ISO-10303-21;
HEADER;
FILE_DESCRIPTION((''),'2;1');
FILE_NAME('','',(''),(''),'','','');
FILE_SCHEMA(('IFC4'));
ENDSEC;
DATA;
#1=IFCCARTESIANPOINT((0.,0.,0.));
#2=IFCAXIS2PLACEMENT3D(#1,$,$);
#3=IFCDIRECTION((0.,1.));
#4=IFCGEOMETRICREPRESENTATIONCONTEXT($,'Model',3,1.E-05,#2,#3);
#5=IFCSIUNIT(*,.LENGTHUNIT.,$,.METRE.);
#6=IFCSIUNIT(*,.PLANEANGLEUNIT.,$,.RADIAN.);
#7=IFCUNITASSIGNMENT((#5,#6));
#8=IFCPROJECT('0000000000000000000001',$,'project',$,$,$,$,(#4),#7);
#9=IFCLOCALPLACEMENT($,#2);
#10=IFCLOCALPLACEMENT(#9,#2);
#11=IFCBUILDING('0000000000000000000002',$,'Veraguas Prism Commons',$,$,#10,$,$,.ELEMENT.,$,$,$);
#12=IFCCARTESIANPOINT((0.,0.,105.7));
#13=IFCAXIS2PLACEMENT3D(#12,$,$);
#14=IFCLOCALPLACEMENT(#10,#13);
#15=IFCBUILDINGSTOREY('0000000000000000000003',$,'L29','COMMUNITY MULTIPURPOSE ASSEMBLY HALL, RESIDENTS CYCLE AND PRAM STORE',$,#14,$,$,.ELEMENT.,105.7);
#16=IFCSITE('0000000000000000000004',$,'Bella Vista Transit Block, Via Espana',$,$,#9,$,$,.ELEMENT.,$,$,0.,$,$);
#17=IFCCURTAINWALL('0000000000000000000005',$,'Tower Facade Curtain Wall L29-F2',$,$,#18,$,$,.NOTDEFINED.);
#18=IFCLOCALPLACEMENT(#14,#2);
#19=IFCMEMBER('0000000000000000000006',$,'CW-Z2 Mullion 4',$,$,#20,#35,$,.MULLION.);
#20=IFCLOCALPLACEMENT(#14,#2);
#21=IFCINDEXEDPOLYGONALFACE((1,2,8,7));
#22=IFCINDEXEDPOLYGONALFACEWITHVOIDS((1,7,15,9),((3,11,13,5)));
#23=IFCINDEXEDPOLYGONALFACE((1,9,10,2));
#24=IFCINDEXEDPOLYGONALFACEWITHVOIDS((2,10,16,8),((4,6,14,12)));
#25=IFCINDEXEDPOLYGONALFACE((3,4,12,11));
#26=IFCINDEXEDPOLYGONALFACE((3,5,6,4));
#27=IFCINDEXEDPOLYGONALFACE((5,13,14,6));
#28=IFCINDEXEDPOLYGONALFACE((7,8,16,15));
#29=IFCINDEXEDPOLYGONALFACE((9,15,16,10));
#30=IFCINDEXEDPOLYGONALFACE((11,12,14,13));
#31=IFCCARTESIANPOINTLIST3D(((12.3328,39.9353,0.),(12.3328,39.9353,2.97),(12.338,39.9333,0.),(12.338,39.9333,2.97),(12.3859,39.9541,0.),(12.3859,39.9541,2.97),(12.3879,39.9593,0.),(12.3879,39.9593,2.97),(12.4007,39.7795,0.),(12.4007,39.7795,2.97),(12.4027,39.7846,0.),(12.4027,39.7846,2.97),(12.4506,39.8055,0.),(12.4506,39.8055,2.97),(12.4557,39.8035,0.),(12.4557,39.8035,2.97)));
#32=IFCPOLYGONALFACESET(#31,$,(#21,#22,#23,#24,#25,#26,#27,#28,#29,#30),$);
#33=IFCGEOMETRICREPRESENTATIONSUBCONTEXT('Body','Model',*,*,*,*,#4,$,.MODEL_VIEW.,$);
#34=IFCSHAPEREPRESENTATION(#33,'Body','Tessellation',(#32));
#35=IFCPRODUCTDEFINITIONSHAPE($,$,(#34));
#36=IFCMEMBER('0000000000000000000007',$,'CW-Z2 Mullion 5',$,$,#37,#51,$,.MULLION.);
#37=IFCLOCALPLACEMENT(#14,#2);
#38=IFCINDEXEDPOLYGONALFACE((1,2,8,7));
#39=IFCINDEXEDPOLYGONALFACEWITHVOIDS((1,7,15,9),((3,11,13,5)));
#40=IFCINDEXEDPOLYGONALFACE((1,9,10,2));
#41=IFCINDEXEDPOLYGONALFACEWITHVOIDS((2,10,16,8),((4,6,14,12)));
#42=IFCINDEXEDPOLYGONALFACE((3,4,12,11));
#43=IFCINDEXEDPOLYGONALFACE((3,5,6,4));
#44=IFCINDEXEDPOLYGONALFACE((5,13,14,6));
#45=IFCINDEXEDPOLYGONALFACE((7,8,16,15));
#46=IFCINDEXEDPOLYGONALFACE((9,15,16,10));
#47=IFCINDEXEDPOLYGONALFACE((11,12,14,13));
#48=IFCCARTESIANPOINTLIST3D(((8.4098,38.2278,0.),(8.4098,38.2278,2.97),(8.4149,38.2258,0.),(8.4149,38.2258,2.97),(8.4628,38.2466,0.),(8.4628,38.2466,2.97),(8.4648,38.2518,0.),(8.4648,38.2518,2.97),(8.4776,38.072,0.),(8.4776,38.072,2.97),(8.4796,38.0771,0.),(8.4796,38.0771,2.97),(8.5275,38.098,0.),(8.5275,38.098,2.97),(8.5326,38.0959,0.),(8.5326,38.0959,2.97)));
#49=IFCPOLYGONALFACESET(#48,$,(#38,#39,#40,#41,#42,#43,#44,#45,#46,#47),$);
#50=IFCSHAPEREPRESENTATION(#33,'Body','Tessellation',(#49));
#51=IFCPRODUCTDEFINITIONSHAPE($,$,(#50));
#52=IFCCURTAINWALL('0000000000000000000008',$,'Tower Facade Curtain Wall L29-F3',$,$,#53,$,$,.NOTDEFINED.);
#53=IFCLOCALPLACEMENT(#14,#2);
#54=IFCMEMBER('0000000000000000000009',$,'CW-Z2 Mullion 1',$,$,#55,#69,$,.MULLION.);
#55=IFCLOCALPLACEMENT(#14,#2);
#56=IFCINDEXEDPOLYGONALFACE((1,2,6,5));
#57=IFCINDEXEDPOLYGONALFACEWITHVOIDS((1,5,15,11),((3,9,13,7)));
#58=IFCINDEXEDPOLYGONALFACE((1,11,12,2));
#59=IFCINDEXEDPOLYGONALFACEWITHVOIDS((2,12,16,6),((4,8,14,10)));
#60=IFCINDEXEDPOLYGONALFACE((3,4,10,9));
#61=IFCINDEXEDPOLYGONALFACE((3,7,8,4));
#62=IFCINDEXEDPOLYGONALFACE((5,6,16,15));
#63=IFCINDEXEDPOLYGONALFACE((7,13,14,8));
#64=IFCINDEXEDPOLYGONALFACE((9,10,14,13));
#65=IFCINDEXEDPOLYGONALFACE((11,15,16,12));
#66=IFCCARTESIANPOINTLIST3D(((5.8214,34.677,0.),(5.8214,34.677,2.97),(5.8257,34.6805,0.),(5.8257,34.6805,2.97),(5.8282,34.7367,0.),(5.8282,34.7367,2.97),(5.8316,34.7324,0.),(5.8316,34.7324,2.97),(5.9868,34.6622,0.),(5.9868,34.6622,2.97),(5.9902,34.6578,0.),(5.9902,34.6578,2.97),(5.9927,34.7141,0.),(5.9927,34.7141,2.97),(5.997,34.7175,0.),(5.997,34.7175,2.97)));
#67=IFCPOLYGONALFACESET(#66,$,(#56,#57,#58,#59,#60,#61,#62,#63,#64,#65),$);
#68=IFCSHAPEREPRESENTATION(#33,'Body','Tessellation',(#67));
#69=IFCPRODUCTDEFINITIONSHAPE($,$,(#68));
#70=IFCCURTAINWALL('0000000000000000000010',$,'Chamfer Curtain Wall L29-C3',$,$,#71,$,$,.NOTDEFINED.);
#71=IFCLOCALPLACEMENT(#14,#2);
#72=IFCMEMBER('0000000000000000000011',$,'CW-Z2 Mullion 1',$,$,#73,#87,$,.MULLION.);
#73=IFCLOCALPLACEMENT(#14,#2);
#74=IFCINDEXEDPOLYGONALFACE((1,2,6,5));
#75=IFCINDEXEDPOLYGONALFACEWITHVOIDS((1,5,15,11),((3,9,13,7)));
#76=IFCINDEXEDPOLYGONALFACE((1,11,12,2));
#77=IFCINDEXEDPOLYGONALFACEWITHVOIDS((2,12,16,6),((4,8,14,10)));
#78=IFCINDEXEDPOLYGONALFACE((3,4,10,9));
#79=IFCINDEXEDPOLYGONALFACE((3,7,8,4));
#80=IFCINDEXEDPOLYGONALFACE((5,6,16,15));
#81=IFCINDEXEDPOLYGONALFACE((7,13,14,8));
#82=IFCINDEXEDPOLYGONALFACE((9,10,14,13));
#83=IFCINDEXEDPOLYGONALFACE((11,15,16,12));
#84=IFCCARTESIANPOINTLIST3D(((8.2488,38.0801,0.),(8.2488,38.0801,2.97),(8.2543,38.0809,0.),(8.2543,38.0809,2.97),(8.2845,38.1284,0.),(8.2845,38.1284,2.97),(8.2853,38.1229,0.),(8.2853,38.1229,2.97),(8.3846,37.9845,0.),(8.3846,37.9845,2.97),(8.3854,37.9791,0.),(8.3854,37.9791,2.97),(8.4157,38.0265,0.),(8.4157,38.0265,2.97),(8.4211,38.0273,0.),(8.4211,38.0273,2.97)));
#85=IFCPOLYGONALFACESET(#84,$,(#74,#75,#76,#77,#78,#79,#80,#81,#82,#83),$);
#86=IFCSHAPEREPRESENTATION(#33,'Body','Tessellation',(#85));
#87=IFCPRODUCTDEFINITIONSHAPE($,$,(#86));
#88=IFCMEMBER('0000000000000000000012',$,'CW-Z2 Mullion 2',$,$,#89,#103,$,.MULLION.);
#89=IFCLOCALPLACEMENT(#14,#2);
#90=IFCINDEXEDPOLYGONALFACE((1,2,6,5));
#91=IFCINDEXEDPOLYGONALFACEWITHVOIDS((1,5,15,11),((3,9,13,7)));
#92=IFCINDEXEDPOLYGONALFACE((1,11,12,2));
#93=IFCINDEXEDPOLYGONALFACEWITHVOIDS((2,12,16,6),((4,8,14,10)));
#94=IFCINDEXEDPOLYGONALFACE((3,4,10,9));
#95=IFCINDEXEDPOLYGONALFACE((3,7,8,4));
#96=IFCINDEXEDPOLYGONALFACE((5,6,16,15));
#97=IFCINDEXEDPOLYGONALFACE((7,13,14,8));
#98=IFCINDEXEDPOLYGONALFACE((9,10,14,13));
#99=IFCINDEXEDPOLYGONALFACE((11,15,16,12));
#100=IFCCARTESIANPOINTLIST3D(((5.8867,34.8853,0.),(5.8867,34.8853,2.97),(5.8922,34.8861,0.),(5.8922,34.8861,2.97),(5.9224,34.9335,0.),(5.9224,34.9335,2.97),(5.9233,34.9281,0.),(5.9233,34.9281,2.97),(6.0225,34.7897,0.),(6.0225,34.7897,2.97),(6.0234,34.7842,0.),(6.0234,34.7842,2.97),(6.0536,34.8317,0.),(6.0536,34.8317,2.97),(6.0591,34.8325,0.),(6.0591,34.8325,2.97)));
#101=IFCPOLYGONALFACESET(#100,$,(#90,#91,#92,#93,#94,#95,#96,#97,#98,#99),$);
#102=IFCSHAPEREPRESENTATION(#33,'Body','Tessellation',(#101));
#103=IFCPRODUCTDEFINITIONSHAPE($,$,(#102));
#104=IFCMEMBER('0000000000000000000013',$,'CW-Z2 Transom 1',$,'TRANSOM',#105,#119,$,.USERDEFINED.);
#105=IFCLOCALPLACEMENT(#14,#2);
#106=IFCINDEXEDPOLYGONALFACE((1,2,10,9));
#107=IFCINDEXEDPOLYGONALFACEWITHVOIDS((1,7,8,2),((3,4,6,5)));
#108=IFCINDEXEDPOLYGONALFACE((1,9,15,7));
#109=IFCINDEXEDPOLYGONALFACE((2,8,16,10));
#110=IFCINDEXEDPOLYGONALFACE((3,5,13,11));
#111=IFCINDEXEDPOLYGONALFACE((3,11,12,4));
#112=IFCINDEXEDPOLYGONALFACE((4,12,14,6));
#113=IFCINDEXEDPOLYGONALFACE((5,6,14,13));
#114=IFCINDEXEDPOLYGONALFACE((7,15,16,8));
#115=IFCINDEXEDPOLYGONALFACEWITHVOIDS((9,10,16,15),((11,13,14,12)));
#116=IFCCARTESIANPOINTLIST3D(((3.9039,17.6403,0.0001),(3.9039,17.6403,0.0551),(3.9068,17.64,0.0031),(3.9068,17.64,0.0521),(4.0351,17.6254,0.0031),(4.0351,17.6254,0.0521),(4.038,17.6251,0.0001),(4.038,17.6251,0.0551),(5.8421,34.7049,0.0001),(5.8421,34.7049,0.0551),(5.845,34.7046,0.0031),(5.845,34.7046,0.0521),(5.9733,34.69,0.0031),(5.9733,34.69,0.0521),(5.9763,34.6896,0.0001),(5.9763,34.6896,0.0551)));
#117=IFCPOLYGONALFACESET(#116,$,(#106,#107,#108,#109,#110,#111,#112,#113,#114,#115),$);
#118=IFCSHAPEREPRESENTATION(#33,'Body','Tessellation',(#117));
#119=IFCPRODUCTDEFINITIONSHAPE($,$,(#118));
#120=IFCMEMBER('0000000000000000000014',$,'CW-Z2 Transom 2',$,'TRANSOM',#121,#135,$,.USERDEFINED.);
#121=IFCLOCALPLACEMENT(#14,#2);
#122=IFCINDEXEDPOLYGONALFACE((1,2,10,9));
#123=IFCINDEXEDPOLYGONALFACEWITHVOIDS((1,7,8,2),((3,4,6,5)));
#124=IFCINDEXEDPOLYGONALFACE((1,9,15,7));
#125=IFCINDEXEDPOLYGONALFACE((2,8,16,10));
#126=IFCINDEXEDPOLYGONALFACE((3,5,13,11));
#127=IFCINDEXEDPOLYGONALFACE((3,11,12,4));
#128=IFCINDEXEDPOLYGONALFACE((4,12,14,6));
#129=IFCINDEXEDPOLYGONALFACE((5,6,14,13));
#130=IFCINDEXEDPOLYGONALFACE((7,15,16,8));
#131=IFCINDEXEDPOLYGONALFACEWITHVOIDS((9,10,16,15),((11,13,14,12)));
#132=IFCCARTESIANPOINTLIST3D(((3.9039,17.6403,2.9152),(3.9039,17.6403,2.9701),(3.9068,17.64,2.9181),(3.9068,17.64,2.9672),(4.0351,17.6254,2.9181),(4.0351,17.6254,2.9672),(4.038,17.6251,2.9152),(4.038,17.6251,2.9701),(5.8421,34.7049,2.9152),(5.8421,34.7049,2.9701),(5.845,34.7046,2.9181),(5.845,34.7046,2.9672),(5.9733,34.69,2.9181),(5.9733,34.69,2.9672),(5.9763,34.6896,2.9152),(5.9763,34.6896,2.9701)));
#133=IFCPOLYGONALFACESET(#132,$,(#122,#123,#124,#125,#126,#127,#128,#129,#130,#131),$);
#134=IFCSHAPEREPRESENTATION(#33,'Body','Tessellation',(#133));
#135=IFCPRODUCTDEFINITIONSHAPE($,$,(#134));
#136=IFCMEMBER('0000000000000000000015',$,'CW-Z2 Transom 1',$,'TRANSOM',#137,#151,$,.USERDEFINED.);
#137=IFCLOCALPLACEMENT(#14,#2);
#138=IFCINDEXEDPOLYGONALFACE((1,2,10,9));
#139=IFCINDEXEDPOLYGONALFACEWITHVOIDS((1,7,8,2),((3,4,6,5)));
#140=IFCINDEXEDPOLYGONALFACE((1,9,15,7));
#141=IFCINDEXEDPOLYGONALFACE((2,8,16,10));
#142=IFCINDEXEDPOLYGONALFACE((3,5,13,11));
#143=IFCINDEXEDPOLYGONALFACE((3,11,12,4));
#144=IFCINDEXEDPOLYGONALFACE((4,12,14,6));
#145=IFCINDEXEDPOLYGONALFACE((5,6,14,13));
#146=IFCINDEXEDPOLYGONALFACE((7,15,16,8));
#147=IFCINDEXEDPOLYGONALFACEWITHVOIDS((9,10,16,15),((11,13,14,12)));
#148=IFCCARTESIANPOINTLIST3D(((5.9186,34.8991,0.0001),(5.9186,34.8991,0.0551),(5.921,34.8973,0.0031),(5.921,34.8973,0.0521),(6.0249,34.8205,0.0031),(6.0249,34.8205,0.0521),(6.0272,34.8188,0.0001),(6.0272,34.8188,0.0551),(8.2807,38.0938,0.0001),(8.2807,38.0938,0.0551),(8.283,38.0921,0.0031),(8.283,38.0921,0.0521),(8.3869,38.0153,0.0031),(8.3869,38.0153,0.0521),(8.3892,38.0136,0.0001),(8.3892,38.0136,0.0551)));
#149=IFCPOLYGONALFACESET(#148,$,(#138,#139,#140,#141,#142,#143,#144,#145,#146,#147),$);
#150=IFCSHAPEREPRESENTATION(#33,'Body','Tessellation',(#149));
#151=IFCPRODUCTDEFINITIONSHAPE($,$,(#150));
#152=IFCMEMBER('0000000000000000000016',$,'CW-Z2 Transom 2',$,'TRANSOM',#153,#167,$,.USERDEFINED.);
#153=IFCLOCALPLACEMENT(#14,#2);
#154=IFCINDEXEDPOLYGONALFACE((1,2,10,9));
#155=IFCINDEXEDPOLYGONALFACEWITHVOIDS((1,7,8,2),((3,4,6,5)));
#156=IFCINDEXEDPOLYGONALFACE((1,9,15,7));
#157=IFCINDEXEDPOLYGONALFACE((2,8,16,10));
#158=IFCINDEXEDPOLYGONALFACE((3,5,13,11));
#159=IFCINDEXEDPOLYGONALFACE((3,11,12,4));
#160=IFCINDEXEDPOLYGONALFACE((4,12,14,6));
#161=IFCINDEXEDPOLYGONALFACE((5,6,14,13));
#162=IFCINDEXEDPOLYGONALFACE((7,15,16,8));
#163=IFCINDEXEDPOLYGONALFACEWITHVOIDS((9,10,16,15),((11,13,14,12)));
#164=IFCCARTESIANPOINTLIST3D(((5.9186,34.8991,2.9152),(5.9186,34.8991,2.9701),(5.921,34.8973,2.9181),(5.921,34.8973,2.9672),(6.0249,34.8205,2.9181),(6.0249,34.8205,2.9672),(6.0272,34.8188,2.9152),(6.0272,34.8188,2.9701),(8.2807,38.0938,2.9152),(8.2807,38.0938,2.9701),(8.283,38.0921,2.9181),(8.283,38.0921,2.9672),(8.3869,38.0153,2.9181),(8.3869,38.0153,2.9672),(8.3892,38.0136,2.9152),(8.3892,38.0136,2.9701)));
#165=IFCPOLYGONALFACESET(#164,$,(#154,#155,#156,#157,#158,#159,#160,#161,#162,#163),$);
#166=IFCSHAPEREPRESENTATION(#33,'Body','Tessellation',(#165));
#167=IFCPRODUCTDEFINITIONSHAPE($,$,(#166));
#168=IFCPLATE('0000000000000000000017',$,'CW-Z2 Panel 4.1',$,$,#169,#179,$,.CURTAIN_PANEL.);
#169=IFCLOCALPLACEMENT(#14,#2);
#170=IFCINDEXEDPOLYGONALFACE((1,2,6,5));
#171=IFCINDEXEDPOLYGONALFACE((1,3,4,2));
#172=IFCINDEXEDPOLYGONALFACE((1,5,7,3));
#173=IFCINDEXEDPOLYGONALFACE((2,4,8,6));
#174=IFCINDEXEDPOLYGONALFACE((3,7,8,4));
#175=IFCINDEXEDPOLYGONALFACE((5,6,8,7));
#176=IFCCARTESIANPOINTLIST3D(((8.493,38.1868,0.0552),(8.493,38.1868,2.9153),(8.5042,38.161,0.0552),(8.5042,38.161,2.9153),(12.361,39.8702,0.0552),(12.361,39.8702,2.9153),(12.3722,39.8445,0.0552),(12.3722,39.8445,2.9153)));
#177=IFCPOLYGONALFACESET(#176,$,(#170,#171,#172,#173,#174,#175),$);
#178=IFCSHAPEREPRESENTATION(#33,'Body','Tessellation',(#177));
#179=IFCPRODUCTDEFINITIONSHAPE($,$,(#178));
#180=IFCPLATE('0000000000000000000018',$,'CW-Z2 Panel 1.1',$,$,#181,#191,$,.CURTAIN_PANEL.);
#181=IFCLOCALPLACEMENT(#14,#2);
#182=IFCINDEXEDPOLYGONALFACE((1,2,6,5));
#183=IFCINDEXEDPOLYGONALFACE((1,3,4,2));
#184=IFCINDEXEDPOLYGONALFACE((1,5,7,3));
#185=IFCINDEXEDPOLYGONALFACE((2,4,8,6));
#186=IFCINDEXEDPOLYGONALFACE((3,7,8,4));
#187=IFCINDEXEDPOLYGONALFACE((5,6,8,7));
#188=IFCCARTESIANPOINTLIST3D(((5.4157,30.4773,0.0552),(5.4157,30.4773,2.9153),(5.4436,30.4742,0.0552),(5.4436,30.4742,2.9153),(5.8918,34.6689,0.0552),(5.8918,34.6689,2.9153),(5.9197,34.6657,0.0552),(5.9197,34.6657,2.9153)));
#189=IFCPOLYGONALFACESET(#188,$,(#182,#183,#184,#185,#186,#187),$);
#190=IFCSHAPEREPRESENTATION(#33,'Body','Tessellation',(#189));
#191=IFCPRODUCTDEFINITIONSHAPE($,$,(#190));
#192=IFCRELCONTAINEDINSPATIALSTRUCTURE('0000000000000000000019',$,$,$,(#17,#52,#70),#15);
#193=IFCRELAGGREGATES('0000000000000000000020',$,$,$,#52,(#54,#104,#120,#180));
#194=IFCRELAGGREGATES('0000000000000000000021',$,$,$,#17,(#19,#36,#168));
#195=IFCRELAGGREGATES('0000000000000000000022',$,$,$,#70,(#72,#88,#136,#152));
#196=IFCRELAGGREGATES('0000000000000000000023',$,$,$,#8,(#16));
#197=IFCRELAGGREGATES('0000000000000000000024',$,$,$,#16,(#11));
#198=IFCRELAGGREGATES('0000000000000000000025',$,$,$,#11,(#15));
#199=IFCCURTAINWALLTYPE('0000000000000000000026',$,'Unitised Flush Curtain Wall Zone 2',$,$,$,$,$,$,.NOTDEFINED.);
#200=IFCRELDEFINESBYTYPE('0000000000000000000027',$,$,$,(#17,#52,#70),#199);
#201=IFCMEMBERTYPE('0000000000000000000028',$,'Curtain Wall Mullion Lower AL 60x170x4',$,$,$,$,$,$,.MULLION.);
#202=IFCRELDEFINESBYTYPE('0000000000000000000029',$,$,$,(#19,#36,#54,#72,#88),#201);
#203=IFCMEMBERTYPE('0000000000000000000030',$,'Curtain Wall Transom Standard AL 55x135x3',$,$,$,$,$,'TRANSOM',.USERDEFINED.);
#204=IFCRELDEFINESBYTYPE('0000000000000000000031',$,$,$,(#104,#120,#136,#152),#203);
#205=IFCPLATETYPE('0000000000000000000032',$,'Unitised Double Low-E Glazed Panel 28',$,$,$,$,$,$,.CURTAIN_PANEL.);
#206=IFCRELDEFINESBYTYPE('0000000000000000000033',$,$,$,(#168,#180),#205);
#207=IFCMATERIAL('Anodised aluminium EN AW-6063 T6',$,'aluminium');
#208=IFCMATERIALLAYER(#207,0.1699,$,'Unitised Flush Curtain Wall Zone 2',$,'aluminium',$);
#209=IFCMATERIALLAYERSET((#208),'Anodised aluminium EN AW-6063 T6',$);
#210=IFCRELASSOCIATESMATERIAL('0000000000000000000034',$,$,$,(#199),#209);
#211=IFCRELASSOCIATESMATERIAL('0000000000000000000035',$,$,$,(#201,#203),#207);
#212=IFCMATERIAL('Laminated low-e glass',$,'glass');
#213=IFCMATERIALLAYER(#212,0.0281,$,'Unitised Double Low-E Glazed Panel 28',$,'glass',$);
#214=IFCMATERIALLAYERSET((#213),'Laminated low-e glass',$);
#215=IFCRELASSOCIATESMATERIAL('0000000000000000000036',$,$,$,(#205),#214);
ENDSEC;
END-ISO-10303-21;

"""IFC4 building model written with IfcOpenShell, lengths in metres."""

from ifc_helpers import new_model, si_unit, direction, frame, origin, origin_2d, place, context, subcontext, project, spatial, rectangle, hollow_rectangle, extrude, source, transform, mapped, material, layer, layer_set, material_profile, profile_set, type_object, element, aggregate, save


model = new_model("IFC4")

# Units and contexts
model_context = context("Model", 3, precision=1e-05, world=origin(), true_north=direction((0.0, 1.0)))
body_context = subcontext(model_context, "Body", "Model", "MODEL_VIEW")
ifc_project = project(units=[si_unit("LENGTHUNIT", "METRE"), si_unit("PLANEANGLEUNIT", "RADIAN")], contexts=[model_context])

# Site, building, storey
site_placement = place(None, origin())
site = spatial("IfcSite", under=ifc_project, at=site_placement, Name="Bella Vista Transit Block, Via Espana", CompositionType="ELEMENT", RefElevation=0.0)
building_placement = place(site_placement, origin())
building = spatial("IfcBuilding", under=site, at=building_placement, Name="Veraguas Prism Commons", CompositionType="ELEMENT")
storey_placement = place(building_placement, frame((0.0, 0.0, 105.7)))
storey = spatial("IfcBuildingStorey", under=building, at=storey_placement, Name="L29", Description="COMMUNITY MULTIPURPOSE ASSEMBLY HALL, RESIDENTS CYCLE AND PRAM STORE", CompositionType="ELEMENT", Elevation=105.7)

# Curtain wall, members
ifc_material_1 = material(Name="Anodised aluminium EN AW-6063 T6", Category="aluminium")
ifc_layer_1 = layer(ifc_material_1, 0.1699, Name="Unitised Flush Curtain Wall Zone 2", Category="aluminium")
ifc_layer_set_1 = layer_set([ifc_layer_1], Name="Anodised aluminium EN AW-6063 T6")
curtain_wall_type = type_object("IfcCurtainWallType", Name="Unitised Flush Curtain Wall Zone 2", PredefinedType="NOTDEFINED", material=ifc_layer_set_1)
curtain_wall_1_placement = place(storey_placement, origin())
curtain_wall_1 = element("IfcCurtainWall", 1, at=curtain_wall_1_placement, inside=storey, type_object=curtain_wall_type, Name="Tower Facade Curtain Wall L29-F2", PredefinedType="NOTDEFINED")
ifc_material_profile_1 = material_profile(ifc_material_1, hollow_rectangle(XDim=0.0601, YDim=0.1699, WallThickness=0.0039, at=origin_2d()), Name="AL60X170X4")
ifc_profile_set_1 = profile_set([ifc_material_profile_1], Name="Anodised aluminium EN AW-6063 T6")
member_type_1 = type_object("IfcMemberType", Name="Curtain Wall Mullion Lower AL 60x170x4", PredefinedType="MULLION", material=ifc_profile_set_1)
shared_shape_1 = source(origin(), body_context, "Body", "SweptSolid", [
    extrude(hollow_rectangle(XDim=0.0601, YDim=0.1699, WallThickness=0.0039, at=origin_2d()), origin(), (0.0, 0.0, 1.0), 2.97),
])
member_1_placement = place(storey_placement, frame((12.3943, 39.8694, 0.0), z_axis=(0.0, 0.0, 1.0), x_axis=(-0.916919, -0.399072, 0.0)))
member_1 = element("IfcMember", 2, at=member_1_placement, type_object=member_type_1, Name="CW-Z2 Mullion 4", PredefinedType="MULLION", context=body_context, shape_type="MappedRepresentation", body=[
    mapped(shared_shape_1, transform((0.0, 0.0, 0.0), scale=1.0)),
])
member_2_placement = place(storey_placement, frame((8.4712, 38.1619, 0.0), z_axis=(0.0, 0.0, 1.0), x_axis=(-0.916919, -0.399072, 0.0)))
member_2 = element("IfcMember", 3, at=member_2_placement, type_object=member_type_1, Name="CW-Z2 Mullion 5", PredefinedType="MULLION", context=body_context, shape_type="MappedRepresentation", body=[
    mapped(shared_shape_1, transform((0.0, 0.0, 0.0), scale=1.0)),
])

# Curtain wall, member
curtain_wall_2_placement = place(storey_placement, origin())
curtain_wall_2 = element("IfcCurtainWall", 4, at=curtain_wall_2_placement, inside=storey, type_object=curtain_wall_type, Name="Tower Facade Curtain Wall L29-F3", PredefinedType="NOTDEFINED")
member_3_placement = place(storey_placement, frame((5.9092, 34.6973, 0.0), z_axis=(0.0, 0.0, 1.0), x_axis=(-0.112856, -0.993611, 0.0)))
member_3 = element("IfcMember", 5, at=member_3_placement, type_object=member_type_1, Name="CW-Z2 Mullion 1", PredefinedType="MULLION", context=body_context, shape_type="MappedRepresentation", body=[
    mapped(shared_shape_1, transform((0.0, 0.0, 0.0), scale=1.0)),
])

# Curtain wall, members
curtain_wall_3_placement = place(storey_placement, origin())
curtain_wall_3 = element("IfcCurtainWall", 6, at=curtain_wall_3_placement, inside=storey, type_object=curtain_wall_type, Name="Chamfer Curtain Wall L29-C3", PredefinedType="NOTDEFINED")
member_4_placement = place(storey_placement, frame((8.335, 38.0537, 0.0), z_axis=(0.0, 0.0, 1.0), x_axis=(-0.59452, -0.804081, 0.0)))
member_4 = element("IfcMember", 7, at=member_4_placement, type_object=member_type_1, Name="CW-Z2 Mullion 1", PredefinedType="MULLION", context=body_context, shape_type="MappedRepresentation", body=[
    mapped(shared_shape_1, transform((0.0, 0.0, 0.0), scale=1.0)),
])
member_5_placement = place(storey_placement, frame((5.9729, 34.8589, 0.0), z_axis=(0.0, 0.0, 1.0), x_axis=(-0.59452, -0.804081, 0.0)))
member_5 = element("IfcMember", 8, at=member_5_placement, type_object=member_type_1, Name="CW-Z2 Mullion 2", PredefinedType="MULLION", context=body_context, shape_type="MappedRepresentation", body=[
    mapped(shared_shape_1, transform((0.0, 0.0, 0.0), scale=1.0)),
])

# Members
ifc_material_profile_2 = material_profile(ifc_material_1, hollow_rectangle(XDim=0.0549, YDim=0.135, WallThickness=0.0029, at=origin_2d()), Name="AL55X135X3")
ifc_profile_set_2 = profile_set([ifc_material_profile_2], Name="Anodised aluminium EN AW-6063 T6")
member_type_2 = type_object("IfcMemberType", Name="Curtain Wall Transom Standard AL 55x135x3", ElementType="TRANSOM", PredefinedType="USERDEFINED", material=ifc_profile_set_2)
shared_shape_2 = source(origin(), body_context, "Body", "SweptSolid", [
    extrude(hollow_rectangle(XDim=0.0549, YDim=0.135, WallThickness=0.0029, at=origin_2d()), origin(), (0.0, 0.0, 1.0), 17.1743),
])
member_6_placement = place(storey_placement, frame((5.9092, 34.6973, 0.0276), z_axis=(-0.112856, -0.993611, 0.0), x_axis=(0.0, 0.0, 1.0)))
member_6 = element("IfcMember", 9, at=member_6_placement, type_object=member_type_2, Name="CW-Z2 Transom 1", ObjectType="TRANSOM", PredefinedType="USERDEFINED", context=body_context, shape_type="MappedRepresentation", body=[
    mapped(shared_shape_2, transform((0.0, 0.0, 0.0), scale=1.0)),
])
member_7_placement = place(storey_placement, frame((5.9092, 34.6973, 2.9426), z_axis=(-0.112856, -0.993611, 0.0), x_axis=(0.0, 0.0, 1.0)))
member_7 = element("IfcMember", 10, at=member_7_placement, type_object=member_type_2, Name="CW-Z2 Transom 2", ObjectType="TRANSOM", PredefinedType="USERDEFINED", context=body_context, shape_type="MappedRepresentation", body=[
    mapped(shared_shape_2, transform((0.0, 0.0, 0.0), scale=1.0)),
])
shared_shape_3 = source(origin(), body_context, "Body", "SweptSolid", [
    extrude(hollow_rectangle(XDim=0.0549, YDim=0.135, WallThickness=0.0029, at=origin_2d()), origin(), (0.0, 0.0, 1.0), 3.9731),
])
member_8_placement = place(storey_placement, frame((8.335, 38.0537, 0.0276), z_axis=(-0.5945, -0.804096, 0.0), x_axis=(0.0, 0.0, 1.0)))
member_8 = element("IfcMember", 11, at=member_8_placement, type_object=member_type_2, Name="CW-Z2 Transom 1", ObjectType="TRANSOM", PredefinedType="USERDEFINED", context=body_context, shape_type="MappedRepresentation", body=[
    mapped(shared_shape_3, transform((0.0, 0.0, 0.0), scale=1.0)),
])
member_9_placement = place(storey_placement, frame((8.335, 38.0537, 2.9426), z_axis=(-0.5945, -0.804096, 0.0), x_axis=(0.0, 0.0, 1.0)))
member_9 = element("IfcMember", 12, at=member_9_placement, type_object=member_type_2, Name="CW-Z2 Transom 2", ObjectType="TRANSOM", PredefinedType="USERDEFINED", context=body_context, shape_type="MappedRepresentation", body=[
    mapped(shared_shape_3, transform((0.0, 0.0, 0.0), scale=1.0)),
])

# Plates
ifc_material_2 = material(Name="Laminated low-e glass", Category="glass")
ifc_layer_2 = layer(ifc_material_2, 0.0281, Name="Unitised Double Low-E Glazed Panel 28", Category="glass")
ifc_layer_set_2 = layer_set([ifc_layer_2], Name="Laminated low-e glass")
plate_type = type_object("IfcPlateType", Name="Unitised Double Low-E Glazed Panel 28", PredefinedType="CURTAIN_PANEL", material=ifc_layer_set_2)
shared_shape_4 = source(origin(), body_context, "Body", "SweptSolid", [
    extrude(rectangle(XDim=4.2185, YDim=0.0281, at=origin_2d()), origin(), (0.0, 0.0, 1.0), 2.8601),
])
plate_1_placement = place(storey_placement, frame((10.4326, 39.0156, 0.0552), z_axis=(0.0, 0.0, 1.0), x_axis=(-0.916919, -0.399072, 0.0)))
plate_1 = element("IfcPlate", 13, at=plate_1_placement, type_object=plate_type, Name="CW-Z2 Panel 4.1", PredefinedType="CURTAIN_PANEL", context=body_context, shape_type="MappedRepresentation", body=[
    mapped(shared_shape_4, transform((0.0, 0.0, 0.0), scale=1.0)),
])
plate_2_placement = place(storey_placement, frame((5.6677, 32.5715, 0.0552), z_axis=(0.0, 0.0, 1.0), x_axis=(-0.112856, -0.993611, 0.0)))
plate_2 = element("IfcPlate", 14, at=plate_2_placement, type_object=plate_type, Name="CW-Z2 Panel 1.1", PredefinedType="CURTAIN_PANEL", context=body_context, shape_type="MappedRepresentation", body=[
    mapped(shared_shape_4, transform((0.0, 0.0, 0.0), scale=1.0)),
])
aggregate(curtain_wall_2, [member_3, member_6, member_7, plate_2])
aggregate(curtain_wall_1, [member_1, member_2, plate_1])
aggregate(curtain_wall_3, [member_4, member_5, member_8, member_9])

save(model, "model.ifc")
